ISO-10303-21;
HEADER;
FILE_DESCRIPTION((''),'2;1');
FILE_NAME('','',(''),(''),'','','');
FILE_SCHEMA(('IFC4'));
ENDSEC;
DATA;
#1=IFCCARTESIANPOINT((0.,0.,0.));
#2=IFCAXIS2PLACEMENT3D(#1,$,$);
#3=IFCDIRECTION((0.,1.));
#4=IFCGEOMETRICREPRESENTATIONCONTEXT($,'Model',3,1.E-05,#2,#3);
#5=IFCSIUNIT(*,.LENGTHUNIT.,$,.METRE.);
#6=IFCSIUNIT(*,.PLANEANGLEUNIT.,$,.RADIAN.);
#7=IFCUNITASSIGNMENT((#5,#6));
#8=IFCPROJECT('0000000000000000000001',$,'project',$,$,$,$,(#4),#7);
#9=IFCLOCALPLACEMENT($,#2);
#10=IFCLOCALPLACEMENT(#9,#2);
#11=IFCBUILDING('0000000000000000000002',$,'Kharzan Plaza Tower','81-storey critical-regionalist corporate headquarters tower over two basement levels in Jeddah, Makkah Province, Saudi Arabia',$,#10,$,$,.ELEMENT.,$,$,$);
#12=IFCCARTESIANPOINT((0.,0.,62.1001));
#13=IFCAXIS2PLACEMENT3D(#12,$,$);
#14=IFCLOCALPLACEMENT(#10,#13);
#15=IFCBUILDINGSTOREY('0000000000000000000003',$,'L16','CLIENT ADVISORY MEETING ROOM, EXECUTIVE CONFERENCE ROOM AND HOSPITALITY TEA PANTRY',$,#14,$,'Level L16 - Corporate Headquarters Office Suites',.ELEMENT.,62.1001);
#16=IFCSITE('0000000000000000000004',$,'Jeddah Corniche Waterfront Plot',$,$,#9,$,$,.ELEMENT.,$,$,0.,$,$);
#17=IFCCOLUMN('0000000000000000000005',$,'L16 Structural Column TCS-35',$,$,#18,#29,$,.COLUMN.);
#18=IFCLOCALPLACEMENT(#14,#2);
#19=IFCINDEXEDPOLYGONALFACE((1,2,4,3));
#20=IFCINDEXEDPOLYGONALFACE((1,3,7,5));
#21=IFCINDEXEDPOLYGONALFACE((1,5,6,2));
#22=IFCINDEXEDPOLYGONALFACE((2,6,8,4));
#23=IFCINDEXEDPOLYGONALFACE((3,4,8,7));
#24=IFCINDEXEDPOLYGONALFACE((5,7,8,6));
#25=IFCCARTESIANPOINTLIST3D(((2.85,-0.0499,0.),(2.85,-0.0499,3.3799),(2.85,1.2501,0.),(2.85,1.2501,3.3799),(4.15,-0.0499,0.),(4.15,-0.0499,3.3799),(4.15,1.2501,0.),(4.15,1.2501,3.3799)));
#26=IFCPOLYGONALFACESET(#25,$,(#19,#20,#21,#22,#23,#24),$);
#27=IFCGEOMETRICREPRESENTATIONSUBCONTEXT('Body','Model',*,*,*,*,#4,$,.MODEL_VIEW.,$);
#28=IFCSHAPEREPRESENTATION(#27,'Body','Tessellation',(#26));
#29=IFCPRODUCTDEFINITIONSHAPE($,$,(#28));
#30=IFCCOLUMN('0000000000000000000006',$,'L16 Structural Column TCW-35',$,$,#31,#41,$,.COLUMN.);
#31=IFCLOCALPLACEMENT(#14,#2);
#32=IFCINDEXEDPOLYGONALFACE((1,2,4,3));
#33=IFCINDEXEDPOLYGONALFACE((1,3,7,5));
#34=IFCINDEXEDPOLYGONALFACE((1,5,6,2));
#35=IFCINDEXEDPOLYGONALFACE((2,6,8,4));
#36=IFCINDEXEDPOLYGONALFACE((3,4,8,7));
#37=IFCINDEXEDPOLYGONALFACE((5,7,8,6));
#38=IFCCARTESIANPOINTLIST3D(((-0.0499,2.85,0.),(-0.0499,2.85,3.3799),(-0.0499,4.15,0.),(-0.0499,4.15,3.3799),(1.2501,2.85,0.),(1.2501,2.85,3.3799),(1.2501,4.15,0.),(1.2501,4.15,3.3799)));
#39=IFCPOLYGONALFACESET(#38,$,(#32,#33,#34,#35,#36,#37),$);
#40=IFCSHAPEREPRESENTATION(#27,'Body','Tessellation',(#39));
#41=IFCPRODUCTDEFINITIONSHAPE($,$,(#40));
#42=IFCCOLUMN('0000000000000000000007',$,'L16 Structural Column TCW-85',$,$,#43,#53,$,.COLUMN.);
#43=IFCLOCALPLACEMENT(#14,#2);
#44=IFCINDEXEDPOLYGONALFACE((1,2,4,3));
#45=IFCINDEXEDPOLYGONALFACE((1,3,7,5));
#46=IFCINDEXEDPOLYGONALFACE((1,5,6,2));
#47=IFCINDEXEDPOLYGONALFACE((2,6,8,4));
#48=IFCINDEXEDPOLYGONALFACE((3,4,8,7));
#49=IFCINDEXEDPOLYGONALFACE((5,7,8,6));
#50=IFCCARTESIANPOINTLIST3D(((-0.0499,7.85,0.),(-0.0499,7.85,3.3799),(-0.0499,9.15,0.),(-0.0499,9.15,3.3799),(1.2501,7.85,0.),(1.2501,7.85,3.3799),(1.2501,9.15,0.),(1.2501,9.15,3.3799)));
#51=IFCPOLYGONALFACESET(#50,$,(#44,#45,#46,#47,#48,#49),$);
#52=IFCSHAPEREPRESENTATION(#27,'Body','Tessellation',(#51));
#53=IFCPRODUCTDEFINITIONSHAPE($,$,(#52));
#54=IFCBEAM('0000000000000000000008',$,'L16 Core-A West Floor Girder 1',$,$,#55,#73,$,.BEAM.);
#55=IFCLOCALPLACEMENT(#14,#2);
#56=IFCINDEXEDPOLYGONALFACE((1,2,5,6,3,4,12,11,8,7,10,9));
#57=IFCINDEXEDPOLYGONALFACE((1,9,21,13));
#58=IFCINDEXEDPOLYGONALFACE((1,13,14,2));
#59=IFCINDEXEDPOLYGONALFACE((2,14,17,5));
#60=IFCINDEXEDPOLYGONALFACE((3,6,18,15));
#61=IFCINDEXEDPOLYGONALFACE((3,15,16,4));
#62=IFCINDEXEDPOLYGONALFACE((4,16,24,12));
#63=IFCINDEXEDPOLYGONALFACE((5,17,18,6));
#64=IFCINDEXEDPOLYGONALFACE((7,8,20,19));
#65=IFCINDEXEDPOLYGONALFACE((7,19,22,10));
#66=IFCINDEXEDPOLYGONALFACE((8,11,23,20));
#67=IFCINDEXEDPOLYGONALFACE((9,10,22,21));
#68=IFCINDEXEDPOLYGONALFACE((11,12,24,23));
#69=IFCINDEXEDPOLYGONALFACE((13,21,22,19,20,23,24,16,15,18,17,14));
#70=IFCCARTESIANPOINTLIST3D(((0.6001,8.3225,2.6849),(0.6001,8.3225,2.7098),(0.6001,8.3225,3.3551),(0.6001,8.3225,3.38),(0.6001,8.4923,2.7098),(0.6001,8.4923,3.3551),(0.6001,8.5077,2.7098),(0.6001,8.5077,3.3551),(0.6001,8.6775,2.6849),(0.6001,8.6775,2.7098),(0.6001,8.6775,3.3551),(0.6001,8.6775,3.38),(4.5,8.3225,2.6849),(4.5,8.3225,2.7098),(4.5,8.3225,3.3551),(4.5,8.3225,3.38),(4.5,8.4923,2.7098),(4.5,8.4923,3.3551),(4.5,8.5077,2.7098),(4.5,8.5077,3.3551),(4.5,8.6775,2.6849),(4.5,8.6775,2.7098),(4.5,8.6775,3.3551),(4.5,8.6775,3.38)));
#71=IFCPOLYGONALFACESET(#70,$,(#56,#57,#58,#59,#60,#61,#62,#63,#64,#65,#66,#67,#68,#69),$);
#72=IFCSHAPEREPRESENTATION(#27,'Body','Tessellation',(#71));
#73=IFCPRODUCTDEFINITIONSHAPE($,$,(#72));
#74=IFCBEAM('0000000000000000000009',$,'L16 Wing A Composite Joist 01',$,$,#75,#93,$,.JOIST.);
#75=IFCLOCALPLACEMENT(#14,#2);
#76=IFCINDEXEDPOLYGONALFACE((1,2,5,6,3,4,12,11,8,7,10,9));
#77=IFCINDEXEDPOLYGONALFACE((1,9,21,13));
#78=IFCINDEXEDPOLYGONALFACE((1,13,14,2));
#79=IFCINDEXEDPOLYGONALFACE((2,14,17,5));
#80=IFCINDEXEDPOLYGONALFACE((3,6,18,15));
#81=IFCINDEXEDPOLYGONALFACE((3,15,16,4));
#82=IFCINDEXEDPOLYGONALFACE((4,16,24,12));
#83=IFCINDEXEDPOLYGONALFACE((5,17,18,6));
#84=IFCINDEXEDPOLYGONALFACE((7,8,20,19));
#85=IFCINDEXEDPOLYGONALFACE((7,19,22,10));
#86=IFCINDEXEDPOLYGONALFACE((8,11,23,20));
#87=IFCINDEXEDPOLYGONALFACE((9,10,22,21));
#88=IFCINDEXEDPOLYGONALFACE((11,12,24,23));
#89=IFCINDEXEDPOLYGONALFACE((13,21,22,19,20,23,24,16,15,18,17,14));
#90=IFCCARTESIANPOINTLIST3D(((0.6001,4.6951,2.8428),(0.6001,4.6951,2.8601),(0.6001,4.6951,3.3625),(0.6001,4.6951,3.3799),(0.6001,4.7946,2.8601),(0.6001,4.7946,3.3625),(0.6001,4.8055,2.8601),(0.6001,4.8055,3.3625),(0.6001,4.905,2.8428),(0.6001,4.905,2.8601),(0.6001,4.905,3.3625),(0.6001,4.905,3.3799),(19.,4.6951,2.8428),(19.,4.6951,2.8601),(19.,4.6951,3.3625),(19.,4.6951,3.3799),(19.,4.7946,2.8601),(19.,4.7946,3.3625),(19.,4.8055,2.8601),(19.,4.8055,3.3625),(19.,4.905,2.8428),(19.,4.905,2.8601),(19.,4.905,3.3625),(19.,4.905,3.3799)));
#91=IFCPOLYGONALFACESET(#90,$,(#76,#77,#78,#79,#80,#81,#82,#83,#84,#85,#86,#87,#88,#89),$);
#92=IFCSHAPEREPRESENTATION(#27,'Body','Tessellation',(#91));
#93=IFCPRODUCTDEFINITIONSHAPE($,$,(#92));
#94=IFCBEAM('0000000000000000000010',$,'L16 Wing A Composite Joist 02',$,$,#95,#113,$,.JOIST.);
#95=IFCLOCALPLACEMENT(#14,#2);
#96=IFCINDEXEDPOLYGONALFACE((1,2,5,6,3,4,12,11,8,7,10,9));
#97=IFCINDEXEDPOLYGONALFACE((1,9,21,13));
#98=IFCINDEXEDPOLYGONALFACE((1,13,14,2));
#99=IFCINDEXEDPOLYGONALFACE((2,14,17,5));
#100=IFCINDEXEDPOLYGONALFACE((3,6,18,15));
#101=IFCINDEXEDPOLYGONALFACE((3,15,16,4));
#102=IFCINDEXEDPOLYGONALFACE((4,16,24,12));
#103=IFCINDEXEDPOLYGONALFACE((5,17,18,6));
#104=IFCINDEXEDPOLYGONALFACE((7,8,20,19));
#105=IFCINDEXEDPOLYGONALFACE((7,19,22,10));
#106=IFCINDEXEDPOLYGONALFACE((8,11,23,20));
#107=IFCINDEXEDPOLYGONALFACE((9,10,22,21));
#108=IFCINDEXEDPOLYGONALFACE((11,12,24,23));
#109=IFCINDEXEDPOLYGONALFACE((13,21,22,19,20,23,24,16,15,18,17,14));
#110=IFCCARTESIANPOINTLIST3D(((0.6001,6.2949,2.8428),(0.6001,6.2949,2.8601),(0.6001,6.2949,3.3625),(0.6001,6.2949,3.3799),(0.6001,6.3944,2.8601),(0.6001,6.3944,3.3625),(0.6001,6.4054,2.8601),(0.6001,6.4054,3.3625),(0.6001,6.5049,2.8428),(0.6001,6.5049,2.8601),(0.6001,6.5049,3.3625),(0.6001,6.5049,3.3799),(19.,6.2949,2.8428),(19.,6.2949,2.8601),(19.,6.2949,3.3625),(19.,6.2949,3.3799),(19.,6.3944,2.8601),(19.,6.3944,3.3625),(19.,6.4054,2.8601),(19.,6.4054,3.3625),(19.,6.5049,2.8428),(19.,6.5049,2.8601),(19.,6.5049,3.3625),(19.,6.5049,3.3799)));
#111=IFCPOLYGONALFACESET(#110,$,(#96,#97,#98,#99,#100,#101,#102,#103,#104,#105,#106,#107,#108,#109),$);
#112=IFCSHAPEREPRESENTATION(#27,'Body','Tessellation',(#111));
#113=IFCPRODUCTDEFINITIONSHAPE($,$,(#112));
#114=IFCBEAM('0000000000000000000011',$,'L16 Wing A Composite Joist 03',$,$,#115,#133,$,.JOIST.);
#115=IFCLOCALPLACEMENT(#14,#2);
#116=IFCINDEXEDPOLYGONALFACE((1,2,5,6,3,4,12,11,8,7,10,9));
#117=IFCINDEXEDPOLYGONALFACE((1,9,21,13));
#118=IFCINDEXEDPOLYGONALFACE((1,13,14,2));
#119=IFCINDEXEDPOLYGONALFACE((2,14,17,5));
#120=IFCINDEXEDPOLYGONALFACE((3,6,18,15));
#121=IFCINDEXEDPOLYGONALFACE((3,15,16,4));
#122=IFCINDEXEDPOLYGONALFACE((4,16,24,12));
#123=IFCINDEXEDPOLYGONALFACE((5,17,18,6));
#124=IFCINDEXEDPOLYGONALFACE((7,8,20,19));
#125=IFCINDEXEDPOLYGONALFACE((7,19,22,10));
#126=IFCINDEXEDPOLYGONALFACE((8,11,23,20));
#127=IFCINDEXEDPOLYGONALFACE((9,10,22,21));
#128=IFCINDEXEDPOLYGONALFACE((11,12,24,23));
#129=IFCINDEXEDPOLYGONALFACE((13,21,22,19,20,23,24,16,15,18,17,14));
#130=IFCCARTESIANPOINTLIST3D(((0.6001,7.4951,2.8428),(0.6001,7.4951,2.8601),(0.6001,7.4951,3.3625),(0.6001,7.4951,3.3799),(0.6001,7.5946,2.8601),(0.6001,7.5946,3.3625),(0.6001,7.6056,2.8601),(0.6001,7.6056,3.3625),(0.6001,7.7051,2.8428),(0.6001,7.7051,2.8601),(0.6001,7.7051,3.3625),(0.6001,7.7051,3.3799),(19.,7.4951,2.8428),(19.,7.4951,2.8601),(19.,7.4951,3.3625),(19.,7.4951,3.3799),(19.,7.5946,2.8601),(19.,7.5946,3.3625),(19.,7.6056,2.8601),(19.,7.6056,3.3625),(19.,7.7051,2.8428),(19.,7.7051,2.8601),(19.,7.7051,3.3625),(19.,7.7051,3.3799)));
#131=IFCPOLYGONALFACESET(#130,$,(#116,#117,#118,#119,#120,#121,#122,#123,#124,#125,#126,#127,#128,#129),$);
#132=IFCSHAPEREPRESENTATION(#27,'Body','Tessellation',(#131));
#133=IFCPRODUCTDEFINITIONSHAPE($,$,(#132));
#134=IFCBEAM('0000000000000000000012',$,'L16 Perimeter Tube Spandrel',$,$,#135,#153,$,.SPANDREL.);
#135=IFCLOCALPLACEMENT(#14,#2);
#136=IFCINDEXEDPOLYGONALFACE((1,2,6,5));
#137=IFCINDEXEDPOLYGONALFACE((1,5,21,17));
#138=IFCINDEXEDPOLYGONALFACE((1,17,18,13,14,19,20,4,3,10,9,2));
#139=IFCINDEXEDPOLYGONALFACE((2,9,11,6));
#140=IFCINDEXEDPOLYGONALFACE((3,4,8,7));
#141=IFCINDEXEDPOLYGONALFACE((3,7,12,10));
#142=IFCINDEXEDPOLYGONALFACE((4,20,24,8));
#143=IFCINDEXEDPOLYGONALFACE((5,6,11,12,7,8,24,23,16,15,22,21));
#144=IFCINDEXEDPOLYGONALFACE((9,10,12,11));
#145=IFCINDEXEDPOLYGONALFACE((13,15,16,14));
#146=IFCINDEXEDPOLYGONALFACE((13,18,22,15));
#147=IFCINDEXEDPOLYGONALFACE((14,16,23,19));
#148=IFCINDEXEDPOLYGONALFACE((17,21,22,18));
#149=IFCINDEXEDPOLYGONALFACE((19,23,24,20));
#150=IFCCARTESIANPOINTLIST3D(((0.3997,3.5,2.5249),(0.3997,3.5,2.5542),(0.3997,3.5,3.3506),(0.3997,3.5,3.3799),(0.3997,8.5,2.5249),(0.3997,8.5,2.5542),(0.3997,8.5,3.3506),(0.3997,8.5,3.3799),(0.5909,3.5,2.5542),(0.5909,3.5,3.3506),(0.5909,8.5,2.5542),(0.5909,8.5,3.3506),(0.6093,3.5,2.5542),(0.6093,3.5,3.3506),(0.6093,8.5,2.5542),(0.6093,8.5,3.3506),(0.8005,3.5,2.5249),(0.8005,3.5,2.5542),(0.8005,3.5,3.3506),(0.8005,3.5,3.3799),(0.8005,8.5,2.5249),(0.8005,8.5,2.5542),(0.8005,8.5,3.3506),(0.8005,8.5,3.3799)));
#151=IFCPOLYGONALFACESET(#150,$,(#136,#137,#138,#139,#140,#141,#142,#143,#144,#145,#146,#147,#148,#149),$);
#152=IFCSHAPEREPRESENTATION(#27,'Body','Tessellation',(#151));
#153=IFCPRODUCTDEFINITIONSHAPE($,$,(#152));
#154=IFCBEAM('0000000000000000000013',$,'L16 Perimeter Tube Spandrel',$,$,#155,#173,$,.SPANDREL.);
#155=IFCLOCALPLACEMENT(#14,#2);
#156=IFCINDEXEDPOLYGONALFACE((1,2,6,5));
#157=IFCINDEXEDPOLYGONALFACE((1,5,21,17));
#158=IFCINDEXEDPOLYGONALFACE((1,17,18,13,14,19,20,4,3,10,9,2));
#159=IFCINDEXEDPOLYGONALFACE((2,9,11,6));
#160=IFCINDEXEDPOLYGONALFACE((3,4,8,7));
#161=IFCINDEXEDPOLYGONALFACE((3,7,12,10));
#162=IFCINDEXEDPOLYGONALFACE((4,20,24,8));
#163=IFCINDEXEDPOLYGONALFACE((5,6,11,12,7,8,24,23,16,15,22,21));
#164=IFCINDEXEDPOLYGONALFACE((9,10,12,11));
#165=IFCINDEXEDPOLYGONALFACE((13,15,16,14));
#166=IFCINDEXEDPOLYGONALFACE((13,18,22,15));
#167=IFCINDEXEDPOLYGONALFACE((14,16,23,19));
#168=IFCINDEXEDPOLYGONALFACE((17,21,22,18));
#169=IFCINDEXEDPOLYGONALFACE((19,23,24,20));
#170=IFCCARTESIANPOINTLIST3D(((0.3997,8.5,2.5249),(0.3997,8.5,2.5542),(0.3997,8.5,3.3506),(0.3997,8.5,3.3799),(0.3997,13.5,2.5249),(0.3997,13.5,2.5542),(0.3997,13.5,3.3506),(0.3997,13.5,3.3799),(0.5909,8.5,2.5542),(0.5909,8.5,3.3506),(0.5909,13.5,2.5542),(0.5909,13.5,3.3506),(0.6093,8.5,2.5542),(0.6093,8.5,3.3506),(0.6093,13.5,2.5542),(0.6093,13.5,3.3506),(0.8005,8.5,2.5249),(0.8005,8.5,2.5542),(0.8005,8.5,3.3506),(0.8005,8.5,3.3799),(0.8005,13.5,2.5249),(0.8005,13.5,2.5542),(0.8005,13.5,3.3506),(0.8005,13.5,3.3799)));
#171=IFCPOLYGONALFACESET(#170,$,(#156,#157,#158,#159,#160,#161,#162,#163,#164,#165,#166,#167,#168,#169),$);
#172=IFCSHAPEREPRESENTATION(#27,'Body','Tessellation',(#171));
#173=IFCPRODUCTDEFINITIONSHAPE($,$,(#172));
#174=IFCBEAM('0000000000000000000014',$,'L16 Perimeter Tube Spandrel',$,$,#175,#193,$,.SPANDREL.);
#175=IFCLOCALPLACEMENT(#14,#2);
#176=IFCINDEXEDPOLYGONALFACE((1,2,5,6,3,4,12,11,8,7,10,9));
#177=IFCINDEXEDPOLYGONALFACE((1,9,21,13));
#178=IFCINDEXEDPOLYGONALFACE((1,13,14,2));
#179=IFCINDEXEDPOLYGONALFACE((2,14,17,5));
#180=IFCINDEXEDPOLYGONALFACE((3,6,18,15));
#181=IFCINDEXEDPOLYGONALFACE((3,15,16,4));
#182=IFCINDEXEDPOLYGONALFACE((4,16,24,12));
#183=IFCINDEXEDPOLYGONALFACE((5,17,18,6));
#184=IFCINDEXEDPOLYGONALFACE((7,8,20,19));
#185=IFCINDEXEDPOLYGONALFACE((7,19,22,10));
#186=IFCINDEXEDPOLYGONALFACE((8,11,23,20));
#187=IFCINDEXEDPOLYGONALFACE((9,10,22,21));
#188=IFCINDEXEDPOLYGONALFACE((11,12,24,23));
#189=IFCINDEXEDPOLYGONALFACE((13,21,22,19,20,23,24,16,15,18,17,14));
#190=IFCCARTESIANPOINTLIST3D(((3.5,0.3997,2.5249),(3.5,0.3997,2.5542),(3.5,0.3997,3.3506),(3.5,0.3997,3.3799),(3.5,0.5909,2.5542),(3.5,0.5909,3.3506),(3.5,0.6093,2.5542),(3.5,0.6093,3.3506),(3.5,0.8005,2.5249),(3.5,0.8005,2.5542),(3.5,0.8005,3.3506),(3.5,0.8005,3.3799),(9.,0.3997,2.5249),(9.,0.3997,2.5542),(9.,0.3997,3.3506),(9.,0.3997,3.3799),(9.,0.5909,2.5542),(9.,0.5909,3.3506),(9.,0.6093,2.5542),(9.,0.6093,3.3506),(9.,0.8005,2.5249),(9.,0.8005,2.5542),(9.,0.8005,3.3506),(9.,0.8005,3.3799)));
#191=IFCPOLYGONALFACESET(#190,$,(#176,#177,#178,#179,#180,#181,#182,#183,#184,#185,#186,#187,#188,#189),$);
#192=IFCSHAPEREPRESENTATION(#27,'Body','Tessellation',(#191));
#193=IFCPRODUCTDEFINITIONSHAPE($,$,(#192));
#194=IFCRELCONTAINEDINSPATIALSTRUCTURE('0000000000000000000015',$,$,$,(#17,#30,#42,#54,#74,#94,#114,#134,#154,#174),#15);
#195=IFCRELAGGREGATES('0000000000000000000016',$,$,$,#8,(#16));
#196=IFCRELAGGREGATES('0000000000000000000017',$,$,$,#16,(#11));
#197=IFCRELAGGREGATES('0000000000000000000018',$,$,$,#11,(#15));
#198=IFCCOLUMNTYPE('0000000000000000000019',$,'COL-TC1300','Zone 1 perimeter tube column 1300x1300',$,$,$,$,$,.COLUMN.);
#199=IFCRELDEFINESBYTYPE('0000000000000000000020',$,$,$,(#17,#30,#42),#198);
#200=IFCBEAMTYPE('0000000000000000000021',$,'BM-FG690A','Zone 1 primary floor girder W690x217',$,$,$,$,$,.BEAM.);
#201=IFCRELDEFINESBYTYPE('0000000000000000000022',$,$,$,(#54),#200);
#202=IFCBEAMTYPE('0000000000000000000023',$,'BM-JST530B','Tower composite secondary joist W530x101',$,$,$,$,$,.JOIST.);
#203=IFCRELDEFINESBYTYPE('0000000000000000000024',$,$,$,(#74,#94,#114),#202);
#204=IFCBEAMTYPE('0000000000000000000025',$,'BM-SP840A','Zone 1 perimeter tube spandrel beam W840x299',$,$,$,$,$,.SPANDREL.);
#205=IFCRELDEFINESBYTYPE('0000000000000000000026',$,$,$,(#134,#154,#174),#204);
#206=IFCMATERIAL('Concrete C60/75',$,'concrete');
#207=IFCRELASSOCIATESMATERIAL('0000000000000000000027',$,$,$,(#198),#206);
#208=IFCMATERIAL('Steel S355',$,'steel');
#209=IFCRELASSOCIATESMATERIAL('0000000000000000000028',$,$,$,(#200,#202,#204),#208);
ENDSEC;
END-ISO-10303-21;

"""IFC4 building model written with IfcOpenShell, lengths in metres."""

from ifc_helpers import new_model, si_unit, direction, frame, origin, origin_2d, place, context, subcontext, project, spatial, rectangle, i_section, extrude, source, transform, mapped, material, material_profile, profile_set, type_object, element, save


model = new_model("IFC4")

# Units and contexts
model_context = context("Model", 3, precision=1e-05, world=origin(), true_north=direction((0.0, 1.0)))
body_context = subcontext(model_context, "Body", "Model", "MODEL_VIEW")
ifc_project = project(units=[si_unit("LENGTHUNIT", "METRE"), si_unit("PLANEANGLEUNIT", "RADIAN")], contexts=[model_context])

# Site, building, storey
site_placement = place(None, origin())
site = spatial("IfcSite", under=ifc_project, at=site_placement, Name="Jeddah Corniche Waterfront Plot", CompositionType="ELEMENT", RefElevation=0.0)
building_placement = place(site_placement, origin())
building = spatial("IfcBuilding", under=site, at=building_placement, Name="Kharzan Plaza Tower", Description="81-storey critical-regionalist corporate headquarters tower over two basement levels in Jeddah, Makkah Province, Saudi Arabia", CompositionType="ELEMENT")
storey_placement = place(building_placement, frame((0.0, 0.0, 62.1001)))
storey = spatial("IfcBuildingStorey", under=building, at=storey_placement, Name="L16", Description="CLIENT ADVISORY MEETING ROOM, EXECUTIVE CONFERENCE ROOM AND HOSPITALITY TEA PANTRY", LongName="Level L16 - Corporate Headquarters Office Suites", CompositionType="ELEMENT", Elevation=62.1001)

# Columns
ifc_material_1 = material(Name="Concrete C60/75", Category="concrete")
ifc_material_profile_1 = material_profile(ifc_material_1, rectangle(XDim=1.3, YDim=1.3, at=origin_2d()), Name="RC-TC1300x1300")
ifc_profile_set_1 = profile_set([ifc_material_profile_1], Name="Concrete C60/75")
column_type = type_object("IfcColumnType", Name="COL-TC1300", Description="Zone 1 perimeter tube column 1300x1300", PredefinedType="COLUMN", material=ifc_profile_set_1)
shared_shape_1 = source(origin(), body_context, "Body", "SweptSolid", [
    extrude(rectangle(XDim=1.3, YDim=1.3, at=origin_2d()), origin(), (0.0, 0.0, 1.0), 3.3799),
])
for number, where, z_axis, x_axis, name in (
    (1, (3.5, 0.6001, 0.0), (0.0, 0.0, 1.0), (1.0, 0.0, 0.0), "L16 Structural Column TCS-35"),
    (2, (0.6001, 3.5, 0.0), (0.0, 0.0, 1.0), (1.0, 0.0, 0.0), "L16 Structural Column TCW-35"),
    (3, (0.6001, 8.5, 0.0), (0.0, 0.0, 1.0), (1.0, 0.0, 0.0), "L16 Structural Column TCW-85"),
):
    element("IfcColumn", number, at=place(storey_placement, frame(where, z_axis=z_axis, x_axis=x_axis)), inside=storey, type_object=column_type, Name=name, PredefinedType="COLUMN", context=body_context, shape_type="MappedRepresentation", body=[
        mapped(shared_shape_1, transform((0.0, 0.0, 0.0), x_axis=(1.0, 0.0, 0.0), y_axis=(0.0, 1.0, 0.0), z_axis=(0.0, 0.0, 1.0))),
    ])

# Beams
ifc_material_2 = material(Name="Steel S355", Category="steel")
ifc_material_profile_2 = material_profile(ifc_material_2, i_section(OverallWidth=0.355, OverallDepth=0.6951, WebThickness=0.0154, FlangeThickness=0.0249, at=origin_2d()), Name="W690x217")
ifc_profile_set_2 = profile_set([ifc_material_profile_2], Name="Steel S355")
beam_type_1 = type_object("IfcBeamType", Name="BM-FG690A", Description="Zone 1 primary floor girder W690x217", PredefinedType="BEAM", material=ifc_profile_set_2)
shared_shape_2 = source(origin(), body_context, "Body", "SweptSolid", [
    extrude(i_section(OverallWidth=0.355, OverallDepth=0.6951, WebThickness=0.0154, FlangeThickness=0.0249, at=origin_2d()), origin(), (0.0, 0.0, 1.0), 3.8999),
])
beam_1_placement = place(storey_placement, frame((0.6001, 8.5, 3.0325), z_axis=(1.0, 0.0, 0.0), x_axis=(0.0, 1.0, 0.0)))
element("IfcBeam", 4, at=beam_1_placement, inside=storey, type_object=beam_type_1, Name="L16 Core-A West Floor Girder 1", PredefinedType="BEAM", context=body_context, shape_type="MappedRepresentation", body=[
    mapped(shared_shape_2, transform((0.0, 0.0, 0.0), x_axis=(1.0, 0.0, 0.0), y_axis=(0.0, 1.0, 0.0), z_axis=(0.0, 0.0, 1.0))),
])
ifc_material_profile_3 = material_profile(ifc_material_2, i_section(OverallWidth=0.21, OverallDepth=0.5371, WebThickness=0.011, FlangeThickness=0.0173, at=origin_2d()), Name="W530x101")
ifc_profile_set_3 = profile_set([ifc_material_profile_3], Name="Steel S355")
beam_type_2 = type_object("IfcBeamType", Name="BM-JST530B", Description="Tower composite secondary joist W530x101", PredefinedType="JOIST", material=ifc_profile_set_3)
shared_shape_3 = source(origin(), body_context, "Body", "SweptSolid", [
    extrude(i_section(OverallWidth=0.21, OverallDepth=0.5371, WebThickness=0.011, FlangeThickness=0.0173, at=origin_2d()), origin(), (0.0, 0.0, 1.0), 18.3999),
])
for number, where, z_axis, x_axis, name in (
    (5, (0.6001, 4.8, 3.1113), (1.0, 0.0, 0.0), (0.0, 1.0, 0.0), "L16 Wing A Composite Joist 01"),
    (6, (0.6001, 6.3999, 3.1113), (1.0, 0.0, 0.0), (0.0, 1.0, 0.0), "L16 Wing A Composite Joist 02"),
    (7, (0.6001, 7.6001, 3.1113), (1.0, 0.0, 0.0), (0.0, 1.0, 0.0), "L16 Wing A Composite Joist 03"),
):
    element("IfcBeam", number, at=place(storey_placement, frame(where, z_axis=z_axis, x_axis=x_axis)), inside=storey, type_object=beam_type_2, Name=name, PredefinedType="JOIST", context=body_context, shape_type="MappedRepresentation", body=[
        mapped(shared_shape_3, transform((0.0, 0.0, 0.0), x_axis=(1.0, 0.0, 0.0), y_axis=(0.0, 1.0, 0.0), z_axis=(0.0, 0.0, 1.0))),
    ])
ifc_material_profile_4 = material_profile(ifc_material_2, i_section(OverallWidth=0.4009, OverallDepth=0.855, WebThickness=0.0183, FlangeThickness=0.0293, at=origin_2d()), Name="W840x299")
ifc_profile_set_4 = profile_set([ifc_material_profile_4], Name="Steel S355")
beam_type_3 = type_object("IfcBeamType", Name="BM-SP840A", Description="Zone 1 perimeter tube spandrel beam W840x299", PredefinedType="SPANDREL", material=ifc_profile_set_4)
shared_shape_4 = source(origin(), body_context, "Body", "SweptSolid", [
    extrude(i_section(OverallWidth=0.4009, OverallDepth=0.855, WebThickness=0.0183, FlangeThickness=0.0293, at=origin_2d()), origin(), (0.0, 0.0, 1.0), 5.0),
])
for number, where, z_axis, x_axis, name in (
    (8, (0.6001, 3.5, 2.9524), (0.0, 1.0, 0.0), (-1.0, 0.0, 0.0), "L16 Perimeter Tube Spandrel"),
    (9, (0.6001, 8.5, 2.9524), (0.0, 1.0, 0.0), (-1.0, 0.0, 0.0), "L16 Perimeter Tube Spandrel"),
):
    element("IfcBeam", number, at=place(storey_placement, frame(where, z_axis=z_axis, x_axis=x_axis)), inside=storey, type_object=beam_type_3, Name=name, PredefinedType="SPANDREL", context=body_context, shape_type="MappedRepresentation", body=[
        mapped(shared_shape_4, transform((0.0, 0.0, 0.0), x_axis=(1.0, 0.0, 0.0), y_axis=(0.0, 1.0, 0.0), z_axis=(0.0, 0.0, 1.0))),
    ])
shared_shape_5 = source(origin(), body_context, "Body", "SweptSolid", [
    extrude(i_section(OverallWidth=0.4009, OverallDepth=0.855, WebThickness=0.0183, FlangeThickness=0.0293, at=origin_2d()), origin(), (0.0, 0.0, 1.0), 5.5),
])
beam_2_placement = place(storey_placement, frame((3.5, 0.6001, 2.9524), z_axis=(1.0, 0.0, 0.0), x_axis=(0.0, 1.0, 0.0)))
element("IfcBeam", 10, at=beam_2_placement, inside=storey, type_object=beam_type_3, Name="L16 Perimeter Tube Spandrel", PredefinedType="SPANDREL", context=body_context, shape_type="MappedRepresentation", body=[
    mapped(shared_shape_5, transform((0.0, 0.0, 0.0), x_axis=(1.0, 0.0, 0.0), y_axis=(0.0, 1.0, 0.0), z_axis=(0.0, 0.0, 1.0))),
])

save(model, "model.ifc")
